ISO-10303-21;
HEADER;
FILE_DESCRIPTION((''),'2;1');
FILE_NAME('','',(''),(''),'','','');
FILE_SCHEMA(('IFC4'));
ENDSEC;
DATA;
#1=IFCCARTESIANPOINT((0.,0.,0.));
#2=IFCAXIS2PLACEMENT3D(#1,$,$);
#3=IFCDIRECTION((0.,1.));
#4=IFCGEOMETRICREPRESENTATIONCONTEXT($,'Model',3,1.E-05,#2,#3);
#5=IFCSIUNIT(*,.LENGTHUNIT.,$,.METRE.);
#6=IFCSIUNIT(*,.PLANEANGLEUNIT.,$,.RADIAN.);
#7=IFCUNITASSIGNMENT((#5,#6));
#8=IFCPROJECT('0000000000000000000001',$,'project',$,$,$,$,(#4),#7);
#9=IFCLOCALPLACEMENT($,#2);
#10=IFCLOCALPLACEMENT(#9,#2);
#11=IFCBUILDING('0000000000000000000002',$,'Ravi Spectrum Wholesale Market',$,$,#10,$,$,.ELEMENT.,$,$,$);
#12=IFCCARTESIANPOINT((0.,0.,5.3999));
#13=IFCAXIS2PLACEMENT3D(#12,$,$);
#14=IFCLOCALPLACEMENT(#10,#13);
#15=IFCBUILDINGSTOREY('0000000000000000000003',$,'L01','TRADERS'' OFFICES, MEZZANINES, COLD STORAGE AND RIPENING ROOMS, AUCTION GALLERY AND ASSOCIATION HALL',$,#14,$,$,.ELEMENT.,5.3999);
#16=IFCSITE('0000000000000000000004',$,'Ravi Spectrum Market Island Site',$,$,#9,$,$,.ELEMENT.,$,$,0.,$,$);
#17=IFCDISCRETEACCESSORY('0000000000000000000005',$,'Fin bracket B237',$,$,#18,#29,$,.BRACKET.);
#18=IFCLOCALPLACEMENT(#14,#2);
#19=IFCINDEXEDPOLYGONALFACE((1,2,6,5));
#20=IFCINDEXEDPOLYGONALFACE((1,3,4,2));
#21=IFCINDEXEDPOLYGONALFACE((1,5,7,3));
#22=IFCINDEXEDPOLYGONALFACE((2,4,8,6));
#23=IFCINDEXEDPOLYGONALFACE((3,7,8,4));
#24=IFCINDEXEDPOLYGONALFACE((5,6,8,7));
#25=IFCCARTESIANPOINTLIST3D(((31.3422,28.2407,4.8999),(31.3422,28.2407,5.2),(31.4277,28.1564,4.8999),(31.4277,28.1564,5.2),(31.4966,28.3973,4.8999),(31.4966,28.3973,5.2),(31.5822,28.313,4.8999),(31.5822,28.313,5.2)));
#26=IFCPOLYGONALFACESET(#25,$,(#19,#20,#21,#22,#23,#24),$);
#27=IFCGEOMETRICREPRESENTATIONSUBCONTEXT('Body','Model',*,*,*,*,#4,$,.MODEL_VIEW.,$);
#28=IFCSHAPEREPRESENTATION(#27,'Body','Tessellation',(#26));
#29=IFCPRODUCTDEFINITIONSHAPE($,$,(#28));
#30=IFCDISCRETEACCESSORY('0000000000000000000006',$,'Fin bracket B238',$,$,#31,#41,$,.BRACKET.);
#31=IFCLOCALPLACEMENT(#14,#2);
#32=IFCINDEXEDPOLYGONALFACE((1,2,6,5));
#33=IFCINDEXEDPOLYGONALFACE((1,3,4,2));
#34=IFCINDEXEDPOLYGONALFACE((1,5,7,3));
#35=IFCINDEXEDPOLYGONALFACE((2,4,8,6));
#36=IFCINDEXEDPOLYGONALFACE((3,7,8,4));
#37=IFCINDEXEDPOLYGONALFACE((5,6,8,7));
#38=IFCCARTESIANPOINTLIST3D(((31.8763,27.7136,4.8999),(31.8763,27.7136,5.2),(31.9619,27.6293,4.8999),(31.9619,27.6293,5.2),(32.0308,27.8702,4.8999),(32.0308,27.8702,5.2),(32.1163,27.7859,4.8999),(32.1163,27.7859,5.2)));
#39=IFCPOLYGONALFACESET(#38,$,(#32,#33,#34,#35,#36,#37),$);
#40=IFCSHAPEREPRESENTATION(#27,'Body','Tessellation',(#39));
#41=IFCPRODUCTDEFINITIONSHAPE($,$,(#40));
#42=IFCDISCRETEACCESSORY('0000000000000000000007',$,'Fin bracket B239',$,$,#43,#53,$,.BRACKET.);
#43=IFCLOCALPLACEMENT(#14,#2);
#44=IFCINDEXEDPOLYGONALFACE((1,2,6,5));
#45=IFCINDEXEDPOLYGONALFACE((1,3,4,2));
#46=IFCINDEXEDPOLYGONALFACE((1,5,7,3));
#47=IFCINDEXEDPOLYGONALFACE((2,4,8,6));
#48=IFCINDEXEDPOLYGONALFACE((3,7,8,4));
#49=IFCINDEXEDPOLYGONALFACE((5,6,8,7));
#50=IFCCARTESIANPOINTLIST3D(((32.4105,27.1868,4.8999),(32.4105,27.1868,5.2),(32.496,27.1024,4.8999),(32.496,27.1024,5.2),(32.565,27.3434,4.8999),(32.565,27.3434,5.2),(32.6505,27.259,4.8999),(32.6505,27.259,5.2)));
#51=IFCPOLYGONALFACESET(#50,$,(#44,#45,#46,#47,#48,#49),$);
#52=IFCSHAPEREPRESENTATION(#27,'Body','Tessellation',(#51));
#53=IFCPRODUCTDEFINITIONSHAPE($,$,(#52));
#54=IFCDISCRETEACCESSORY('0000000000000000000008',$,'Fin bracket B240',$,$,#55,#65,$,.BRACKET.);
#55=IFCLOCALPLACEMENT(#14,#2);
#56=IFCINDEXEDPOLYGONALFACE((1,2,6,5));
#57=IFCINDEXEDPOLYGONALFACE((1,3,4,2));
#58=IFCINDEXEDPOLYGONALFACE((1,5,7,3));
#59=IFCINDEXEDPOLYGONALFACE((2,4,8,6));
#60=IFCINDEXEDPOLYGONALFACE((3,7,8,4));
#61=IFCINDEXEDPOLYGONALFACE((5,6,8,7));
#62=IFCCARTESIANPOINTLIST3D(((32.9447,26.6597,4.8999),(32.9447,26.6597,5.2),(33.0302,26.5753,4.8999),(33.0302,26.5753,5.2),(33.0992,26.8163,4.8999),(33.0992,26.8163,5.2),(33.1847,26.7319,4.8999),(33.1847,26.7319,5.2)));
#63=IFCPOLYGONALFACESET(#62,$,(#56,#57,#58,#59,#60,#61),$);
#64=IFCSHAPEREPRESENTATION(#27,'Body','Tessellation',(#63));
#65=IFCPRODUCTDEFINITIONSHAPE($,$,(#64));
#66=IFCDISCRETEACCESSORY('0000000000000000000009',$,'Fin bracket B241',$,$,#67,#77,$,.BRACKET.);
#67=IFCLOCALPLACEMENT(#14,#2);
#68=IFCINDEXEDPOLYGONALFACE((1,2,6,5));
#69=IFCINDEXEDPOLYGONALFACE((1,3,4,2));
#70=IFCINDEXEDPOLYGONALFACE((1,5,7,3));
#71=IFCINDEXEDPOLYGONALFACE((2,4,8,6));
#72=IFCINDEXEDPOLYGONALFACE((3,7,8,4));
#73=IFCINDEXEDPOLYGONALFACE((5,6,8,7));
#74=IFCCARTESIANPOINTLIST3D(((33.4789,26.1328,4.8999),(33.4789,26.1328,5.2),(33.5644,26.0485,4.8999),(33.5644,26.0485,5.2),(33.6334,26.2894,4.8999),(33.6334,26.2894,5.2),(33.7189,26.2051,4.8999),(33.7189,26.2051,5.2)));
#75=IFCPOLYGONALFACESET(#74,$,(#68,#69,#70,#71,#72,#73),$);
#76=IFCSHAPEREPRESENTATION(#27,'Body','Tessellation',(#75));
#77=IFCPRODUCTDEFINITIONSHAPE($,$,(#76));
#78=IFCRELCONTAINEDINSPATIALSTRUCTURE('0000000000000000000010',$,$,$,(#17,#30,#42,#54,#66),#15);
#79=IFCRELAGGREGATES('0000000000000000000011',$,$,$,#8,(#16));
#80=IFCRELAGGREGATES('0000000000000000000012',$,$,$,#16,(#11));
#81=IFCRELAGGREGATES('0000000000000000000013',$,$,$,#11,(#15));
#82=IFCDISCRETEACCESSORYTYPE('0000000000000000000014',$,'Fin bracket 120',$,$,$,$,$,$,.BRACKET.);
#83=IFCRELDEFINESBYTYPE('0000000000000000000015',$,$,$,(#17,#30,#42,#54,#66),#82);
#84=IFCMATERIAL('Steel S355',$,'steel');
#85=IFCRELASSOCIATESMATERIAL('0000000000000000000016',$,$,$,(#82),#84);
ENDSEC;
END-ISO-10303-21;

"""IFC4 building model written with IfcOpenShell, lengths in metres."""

from ifc_helpers import new_model, si_unit, direction, frame, origin, origin_2d, place, context, subcontext, project, spatial, rectangle, extrude, material, type_object, element, save


model = new_model("IFC4")

# Units and contexts
model_context = context("Model", 3, precision=1e-05, world=origin(), true_north=direction((0.0, 1.0)))
body_context = subcontext(model_context, "Body", "Model", "MODEL_VIEW")
ifc_project = project(units=[si_unit("LENGTHUNIT", "METRE"), si_unit("PLANEANGLEUNIT", "RADIAN")], contexts=[model_context])

# Site, building, storey
site_placement = place(None, origin())
site = spatial("IfcSite", under=ifc_project, at=site_placement, Name="Ravi Spectrum Market Island Site", CompositionType="ELEMENT", RefElevation=0.0)
building_placement = place(site_placement, origin())
building = spatial("IfcBuilding", under=site, at=building_placement, Name="Ravi Spectrum Wholesale Market", CompositionType="ELEMENT")
storey_placement = place(building_placement, frame((0.0, 0.0, 5.3999)))
storey = spatial("IfcBuildingStorey", under=building, at=storey_placement, Name="L01", Description="TRADERS' OFFICES, MEZZANINES, COLD STORAGE AND RIPENING ROOMS, AUCTION GALLERY AND ASSOCIATION HALL", CompositionType="ELEMENT", Elevation=5.3999)

# Discrete accessories
ifc_material_1 = material(Name="Steel S355", Category="steel")
discrete_accessory_type = type_object("IfcDiscreteAccessoryType", Name="Fin bracket 120", PredefinedType="BRACKET", material=ifc_material_1)
for number, where, z_axis, x_axis, name in (
    (1, (31.4622, 28.2769, 4.8999), (0.0, 0.0, 1.0), (0.711925, -0.702256, 0.0), "Fin bracket B237"),
    (2, (31.9963, 27.7498, 4.8999), (0.0, 0.0, 1.0), (0.711925, -0.702256, 0.0), "Fin bracket B238"),
    (3, (32.5305, 27.2229, 4.8999), (0.0, 0.0, 1.0), (0.711925, -0.702256, 0.0), "Fin bracket B239"),
    (4, (33.0647, 26.6958, 4.8999), (0.0, 0.0, 1.0), (0.711925, -0.702256, 0.0), "Fin bracket B240"),
    (5, (33.5989, 26.1689, 4.8999), (0.0, 0.0, 1.0), (0.711925, -0.702256, 0.0), "Fin bracket B241"),
):
    element("IfcDiscreteAccessory", number, at=place(storey_placement, frame(where, z_axis=z_axis, x_axis=x_axis)), inside=storey, type_object=discrete_accessory_type, Name=name, PredefinedType="BRACKET", context=body_context, shape_type="SweptSolid", body=[
        extrude(rectangle(XDim=0.1201, YDim=0.22, at=origin_2d()), origin(), (0.0, 0.0, 1.0), 0.3),
    ])

save(model, "model.ifc")
